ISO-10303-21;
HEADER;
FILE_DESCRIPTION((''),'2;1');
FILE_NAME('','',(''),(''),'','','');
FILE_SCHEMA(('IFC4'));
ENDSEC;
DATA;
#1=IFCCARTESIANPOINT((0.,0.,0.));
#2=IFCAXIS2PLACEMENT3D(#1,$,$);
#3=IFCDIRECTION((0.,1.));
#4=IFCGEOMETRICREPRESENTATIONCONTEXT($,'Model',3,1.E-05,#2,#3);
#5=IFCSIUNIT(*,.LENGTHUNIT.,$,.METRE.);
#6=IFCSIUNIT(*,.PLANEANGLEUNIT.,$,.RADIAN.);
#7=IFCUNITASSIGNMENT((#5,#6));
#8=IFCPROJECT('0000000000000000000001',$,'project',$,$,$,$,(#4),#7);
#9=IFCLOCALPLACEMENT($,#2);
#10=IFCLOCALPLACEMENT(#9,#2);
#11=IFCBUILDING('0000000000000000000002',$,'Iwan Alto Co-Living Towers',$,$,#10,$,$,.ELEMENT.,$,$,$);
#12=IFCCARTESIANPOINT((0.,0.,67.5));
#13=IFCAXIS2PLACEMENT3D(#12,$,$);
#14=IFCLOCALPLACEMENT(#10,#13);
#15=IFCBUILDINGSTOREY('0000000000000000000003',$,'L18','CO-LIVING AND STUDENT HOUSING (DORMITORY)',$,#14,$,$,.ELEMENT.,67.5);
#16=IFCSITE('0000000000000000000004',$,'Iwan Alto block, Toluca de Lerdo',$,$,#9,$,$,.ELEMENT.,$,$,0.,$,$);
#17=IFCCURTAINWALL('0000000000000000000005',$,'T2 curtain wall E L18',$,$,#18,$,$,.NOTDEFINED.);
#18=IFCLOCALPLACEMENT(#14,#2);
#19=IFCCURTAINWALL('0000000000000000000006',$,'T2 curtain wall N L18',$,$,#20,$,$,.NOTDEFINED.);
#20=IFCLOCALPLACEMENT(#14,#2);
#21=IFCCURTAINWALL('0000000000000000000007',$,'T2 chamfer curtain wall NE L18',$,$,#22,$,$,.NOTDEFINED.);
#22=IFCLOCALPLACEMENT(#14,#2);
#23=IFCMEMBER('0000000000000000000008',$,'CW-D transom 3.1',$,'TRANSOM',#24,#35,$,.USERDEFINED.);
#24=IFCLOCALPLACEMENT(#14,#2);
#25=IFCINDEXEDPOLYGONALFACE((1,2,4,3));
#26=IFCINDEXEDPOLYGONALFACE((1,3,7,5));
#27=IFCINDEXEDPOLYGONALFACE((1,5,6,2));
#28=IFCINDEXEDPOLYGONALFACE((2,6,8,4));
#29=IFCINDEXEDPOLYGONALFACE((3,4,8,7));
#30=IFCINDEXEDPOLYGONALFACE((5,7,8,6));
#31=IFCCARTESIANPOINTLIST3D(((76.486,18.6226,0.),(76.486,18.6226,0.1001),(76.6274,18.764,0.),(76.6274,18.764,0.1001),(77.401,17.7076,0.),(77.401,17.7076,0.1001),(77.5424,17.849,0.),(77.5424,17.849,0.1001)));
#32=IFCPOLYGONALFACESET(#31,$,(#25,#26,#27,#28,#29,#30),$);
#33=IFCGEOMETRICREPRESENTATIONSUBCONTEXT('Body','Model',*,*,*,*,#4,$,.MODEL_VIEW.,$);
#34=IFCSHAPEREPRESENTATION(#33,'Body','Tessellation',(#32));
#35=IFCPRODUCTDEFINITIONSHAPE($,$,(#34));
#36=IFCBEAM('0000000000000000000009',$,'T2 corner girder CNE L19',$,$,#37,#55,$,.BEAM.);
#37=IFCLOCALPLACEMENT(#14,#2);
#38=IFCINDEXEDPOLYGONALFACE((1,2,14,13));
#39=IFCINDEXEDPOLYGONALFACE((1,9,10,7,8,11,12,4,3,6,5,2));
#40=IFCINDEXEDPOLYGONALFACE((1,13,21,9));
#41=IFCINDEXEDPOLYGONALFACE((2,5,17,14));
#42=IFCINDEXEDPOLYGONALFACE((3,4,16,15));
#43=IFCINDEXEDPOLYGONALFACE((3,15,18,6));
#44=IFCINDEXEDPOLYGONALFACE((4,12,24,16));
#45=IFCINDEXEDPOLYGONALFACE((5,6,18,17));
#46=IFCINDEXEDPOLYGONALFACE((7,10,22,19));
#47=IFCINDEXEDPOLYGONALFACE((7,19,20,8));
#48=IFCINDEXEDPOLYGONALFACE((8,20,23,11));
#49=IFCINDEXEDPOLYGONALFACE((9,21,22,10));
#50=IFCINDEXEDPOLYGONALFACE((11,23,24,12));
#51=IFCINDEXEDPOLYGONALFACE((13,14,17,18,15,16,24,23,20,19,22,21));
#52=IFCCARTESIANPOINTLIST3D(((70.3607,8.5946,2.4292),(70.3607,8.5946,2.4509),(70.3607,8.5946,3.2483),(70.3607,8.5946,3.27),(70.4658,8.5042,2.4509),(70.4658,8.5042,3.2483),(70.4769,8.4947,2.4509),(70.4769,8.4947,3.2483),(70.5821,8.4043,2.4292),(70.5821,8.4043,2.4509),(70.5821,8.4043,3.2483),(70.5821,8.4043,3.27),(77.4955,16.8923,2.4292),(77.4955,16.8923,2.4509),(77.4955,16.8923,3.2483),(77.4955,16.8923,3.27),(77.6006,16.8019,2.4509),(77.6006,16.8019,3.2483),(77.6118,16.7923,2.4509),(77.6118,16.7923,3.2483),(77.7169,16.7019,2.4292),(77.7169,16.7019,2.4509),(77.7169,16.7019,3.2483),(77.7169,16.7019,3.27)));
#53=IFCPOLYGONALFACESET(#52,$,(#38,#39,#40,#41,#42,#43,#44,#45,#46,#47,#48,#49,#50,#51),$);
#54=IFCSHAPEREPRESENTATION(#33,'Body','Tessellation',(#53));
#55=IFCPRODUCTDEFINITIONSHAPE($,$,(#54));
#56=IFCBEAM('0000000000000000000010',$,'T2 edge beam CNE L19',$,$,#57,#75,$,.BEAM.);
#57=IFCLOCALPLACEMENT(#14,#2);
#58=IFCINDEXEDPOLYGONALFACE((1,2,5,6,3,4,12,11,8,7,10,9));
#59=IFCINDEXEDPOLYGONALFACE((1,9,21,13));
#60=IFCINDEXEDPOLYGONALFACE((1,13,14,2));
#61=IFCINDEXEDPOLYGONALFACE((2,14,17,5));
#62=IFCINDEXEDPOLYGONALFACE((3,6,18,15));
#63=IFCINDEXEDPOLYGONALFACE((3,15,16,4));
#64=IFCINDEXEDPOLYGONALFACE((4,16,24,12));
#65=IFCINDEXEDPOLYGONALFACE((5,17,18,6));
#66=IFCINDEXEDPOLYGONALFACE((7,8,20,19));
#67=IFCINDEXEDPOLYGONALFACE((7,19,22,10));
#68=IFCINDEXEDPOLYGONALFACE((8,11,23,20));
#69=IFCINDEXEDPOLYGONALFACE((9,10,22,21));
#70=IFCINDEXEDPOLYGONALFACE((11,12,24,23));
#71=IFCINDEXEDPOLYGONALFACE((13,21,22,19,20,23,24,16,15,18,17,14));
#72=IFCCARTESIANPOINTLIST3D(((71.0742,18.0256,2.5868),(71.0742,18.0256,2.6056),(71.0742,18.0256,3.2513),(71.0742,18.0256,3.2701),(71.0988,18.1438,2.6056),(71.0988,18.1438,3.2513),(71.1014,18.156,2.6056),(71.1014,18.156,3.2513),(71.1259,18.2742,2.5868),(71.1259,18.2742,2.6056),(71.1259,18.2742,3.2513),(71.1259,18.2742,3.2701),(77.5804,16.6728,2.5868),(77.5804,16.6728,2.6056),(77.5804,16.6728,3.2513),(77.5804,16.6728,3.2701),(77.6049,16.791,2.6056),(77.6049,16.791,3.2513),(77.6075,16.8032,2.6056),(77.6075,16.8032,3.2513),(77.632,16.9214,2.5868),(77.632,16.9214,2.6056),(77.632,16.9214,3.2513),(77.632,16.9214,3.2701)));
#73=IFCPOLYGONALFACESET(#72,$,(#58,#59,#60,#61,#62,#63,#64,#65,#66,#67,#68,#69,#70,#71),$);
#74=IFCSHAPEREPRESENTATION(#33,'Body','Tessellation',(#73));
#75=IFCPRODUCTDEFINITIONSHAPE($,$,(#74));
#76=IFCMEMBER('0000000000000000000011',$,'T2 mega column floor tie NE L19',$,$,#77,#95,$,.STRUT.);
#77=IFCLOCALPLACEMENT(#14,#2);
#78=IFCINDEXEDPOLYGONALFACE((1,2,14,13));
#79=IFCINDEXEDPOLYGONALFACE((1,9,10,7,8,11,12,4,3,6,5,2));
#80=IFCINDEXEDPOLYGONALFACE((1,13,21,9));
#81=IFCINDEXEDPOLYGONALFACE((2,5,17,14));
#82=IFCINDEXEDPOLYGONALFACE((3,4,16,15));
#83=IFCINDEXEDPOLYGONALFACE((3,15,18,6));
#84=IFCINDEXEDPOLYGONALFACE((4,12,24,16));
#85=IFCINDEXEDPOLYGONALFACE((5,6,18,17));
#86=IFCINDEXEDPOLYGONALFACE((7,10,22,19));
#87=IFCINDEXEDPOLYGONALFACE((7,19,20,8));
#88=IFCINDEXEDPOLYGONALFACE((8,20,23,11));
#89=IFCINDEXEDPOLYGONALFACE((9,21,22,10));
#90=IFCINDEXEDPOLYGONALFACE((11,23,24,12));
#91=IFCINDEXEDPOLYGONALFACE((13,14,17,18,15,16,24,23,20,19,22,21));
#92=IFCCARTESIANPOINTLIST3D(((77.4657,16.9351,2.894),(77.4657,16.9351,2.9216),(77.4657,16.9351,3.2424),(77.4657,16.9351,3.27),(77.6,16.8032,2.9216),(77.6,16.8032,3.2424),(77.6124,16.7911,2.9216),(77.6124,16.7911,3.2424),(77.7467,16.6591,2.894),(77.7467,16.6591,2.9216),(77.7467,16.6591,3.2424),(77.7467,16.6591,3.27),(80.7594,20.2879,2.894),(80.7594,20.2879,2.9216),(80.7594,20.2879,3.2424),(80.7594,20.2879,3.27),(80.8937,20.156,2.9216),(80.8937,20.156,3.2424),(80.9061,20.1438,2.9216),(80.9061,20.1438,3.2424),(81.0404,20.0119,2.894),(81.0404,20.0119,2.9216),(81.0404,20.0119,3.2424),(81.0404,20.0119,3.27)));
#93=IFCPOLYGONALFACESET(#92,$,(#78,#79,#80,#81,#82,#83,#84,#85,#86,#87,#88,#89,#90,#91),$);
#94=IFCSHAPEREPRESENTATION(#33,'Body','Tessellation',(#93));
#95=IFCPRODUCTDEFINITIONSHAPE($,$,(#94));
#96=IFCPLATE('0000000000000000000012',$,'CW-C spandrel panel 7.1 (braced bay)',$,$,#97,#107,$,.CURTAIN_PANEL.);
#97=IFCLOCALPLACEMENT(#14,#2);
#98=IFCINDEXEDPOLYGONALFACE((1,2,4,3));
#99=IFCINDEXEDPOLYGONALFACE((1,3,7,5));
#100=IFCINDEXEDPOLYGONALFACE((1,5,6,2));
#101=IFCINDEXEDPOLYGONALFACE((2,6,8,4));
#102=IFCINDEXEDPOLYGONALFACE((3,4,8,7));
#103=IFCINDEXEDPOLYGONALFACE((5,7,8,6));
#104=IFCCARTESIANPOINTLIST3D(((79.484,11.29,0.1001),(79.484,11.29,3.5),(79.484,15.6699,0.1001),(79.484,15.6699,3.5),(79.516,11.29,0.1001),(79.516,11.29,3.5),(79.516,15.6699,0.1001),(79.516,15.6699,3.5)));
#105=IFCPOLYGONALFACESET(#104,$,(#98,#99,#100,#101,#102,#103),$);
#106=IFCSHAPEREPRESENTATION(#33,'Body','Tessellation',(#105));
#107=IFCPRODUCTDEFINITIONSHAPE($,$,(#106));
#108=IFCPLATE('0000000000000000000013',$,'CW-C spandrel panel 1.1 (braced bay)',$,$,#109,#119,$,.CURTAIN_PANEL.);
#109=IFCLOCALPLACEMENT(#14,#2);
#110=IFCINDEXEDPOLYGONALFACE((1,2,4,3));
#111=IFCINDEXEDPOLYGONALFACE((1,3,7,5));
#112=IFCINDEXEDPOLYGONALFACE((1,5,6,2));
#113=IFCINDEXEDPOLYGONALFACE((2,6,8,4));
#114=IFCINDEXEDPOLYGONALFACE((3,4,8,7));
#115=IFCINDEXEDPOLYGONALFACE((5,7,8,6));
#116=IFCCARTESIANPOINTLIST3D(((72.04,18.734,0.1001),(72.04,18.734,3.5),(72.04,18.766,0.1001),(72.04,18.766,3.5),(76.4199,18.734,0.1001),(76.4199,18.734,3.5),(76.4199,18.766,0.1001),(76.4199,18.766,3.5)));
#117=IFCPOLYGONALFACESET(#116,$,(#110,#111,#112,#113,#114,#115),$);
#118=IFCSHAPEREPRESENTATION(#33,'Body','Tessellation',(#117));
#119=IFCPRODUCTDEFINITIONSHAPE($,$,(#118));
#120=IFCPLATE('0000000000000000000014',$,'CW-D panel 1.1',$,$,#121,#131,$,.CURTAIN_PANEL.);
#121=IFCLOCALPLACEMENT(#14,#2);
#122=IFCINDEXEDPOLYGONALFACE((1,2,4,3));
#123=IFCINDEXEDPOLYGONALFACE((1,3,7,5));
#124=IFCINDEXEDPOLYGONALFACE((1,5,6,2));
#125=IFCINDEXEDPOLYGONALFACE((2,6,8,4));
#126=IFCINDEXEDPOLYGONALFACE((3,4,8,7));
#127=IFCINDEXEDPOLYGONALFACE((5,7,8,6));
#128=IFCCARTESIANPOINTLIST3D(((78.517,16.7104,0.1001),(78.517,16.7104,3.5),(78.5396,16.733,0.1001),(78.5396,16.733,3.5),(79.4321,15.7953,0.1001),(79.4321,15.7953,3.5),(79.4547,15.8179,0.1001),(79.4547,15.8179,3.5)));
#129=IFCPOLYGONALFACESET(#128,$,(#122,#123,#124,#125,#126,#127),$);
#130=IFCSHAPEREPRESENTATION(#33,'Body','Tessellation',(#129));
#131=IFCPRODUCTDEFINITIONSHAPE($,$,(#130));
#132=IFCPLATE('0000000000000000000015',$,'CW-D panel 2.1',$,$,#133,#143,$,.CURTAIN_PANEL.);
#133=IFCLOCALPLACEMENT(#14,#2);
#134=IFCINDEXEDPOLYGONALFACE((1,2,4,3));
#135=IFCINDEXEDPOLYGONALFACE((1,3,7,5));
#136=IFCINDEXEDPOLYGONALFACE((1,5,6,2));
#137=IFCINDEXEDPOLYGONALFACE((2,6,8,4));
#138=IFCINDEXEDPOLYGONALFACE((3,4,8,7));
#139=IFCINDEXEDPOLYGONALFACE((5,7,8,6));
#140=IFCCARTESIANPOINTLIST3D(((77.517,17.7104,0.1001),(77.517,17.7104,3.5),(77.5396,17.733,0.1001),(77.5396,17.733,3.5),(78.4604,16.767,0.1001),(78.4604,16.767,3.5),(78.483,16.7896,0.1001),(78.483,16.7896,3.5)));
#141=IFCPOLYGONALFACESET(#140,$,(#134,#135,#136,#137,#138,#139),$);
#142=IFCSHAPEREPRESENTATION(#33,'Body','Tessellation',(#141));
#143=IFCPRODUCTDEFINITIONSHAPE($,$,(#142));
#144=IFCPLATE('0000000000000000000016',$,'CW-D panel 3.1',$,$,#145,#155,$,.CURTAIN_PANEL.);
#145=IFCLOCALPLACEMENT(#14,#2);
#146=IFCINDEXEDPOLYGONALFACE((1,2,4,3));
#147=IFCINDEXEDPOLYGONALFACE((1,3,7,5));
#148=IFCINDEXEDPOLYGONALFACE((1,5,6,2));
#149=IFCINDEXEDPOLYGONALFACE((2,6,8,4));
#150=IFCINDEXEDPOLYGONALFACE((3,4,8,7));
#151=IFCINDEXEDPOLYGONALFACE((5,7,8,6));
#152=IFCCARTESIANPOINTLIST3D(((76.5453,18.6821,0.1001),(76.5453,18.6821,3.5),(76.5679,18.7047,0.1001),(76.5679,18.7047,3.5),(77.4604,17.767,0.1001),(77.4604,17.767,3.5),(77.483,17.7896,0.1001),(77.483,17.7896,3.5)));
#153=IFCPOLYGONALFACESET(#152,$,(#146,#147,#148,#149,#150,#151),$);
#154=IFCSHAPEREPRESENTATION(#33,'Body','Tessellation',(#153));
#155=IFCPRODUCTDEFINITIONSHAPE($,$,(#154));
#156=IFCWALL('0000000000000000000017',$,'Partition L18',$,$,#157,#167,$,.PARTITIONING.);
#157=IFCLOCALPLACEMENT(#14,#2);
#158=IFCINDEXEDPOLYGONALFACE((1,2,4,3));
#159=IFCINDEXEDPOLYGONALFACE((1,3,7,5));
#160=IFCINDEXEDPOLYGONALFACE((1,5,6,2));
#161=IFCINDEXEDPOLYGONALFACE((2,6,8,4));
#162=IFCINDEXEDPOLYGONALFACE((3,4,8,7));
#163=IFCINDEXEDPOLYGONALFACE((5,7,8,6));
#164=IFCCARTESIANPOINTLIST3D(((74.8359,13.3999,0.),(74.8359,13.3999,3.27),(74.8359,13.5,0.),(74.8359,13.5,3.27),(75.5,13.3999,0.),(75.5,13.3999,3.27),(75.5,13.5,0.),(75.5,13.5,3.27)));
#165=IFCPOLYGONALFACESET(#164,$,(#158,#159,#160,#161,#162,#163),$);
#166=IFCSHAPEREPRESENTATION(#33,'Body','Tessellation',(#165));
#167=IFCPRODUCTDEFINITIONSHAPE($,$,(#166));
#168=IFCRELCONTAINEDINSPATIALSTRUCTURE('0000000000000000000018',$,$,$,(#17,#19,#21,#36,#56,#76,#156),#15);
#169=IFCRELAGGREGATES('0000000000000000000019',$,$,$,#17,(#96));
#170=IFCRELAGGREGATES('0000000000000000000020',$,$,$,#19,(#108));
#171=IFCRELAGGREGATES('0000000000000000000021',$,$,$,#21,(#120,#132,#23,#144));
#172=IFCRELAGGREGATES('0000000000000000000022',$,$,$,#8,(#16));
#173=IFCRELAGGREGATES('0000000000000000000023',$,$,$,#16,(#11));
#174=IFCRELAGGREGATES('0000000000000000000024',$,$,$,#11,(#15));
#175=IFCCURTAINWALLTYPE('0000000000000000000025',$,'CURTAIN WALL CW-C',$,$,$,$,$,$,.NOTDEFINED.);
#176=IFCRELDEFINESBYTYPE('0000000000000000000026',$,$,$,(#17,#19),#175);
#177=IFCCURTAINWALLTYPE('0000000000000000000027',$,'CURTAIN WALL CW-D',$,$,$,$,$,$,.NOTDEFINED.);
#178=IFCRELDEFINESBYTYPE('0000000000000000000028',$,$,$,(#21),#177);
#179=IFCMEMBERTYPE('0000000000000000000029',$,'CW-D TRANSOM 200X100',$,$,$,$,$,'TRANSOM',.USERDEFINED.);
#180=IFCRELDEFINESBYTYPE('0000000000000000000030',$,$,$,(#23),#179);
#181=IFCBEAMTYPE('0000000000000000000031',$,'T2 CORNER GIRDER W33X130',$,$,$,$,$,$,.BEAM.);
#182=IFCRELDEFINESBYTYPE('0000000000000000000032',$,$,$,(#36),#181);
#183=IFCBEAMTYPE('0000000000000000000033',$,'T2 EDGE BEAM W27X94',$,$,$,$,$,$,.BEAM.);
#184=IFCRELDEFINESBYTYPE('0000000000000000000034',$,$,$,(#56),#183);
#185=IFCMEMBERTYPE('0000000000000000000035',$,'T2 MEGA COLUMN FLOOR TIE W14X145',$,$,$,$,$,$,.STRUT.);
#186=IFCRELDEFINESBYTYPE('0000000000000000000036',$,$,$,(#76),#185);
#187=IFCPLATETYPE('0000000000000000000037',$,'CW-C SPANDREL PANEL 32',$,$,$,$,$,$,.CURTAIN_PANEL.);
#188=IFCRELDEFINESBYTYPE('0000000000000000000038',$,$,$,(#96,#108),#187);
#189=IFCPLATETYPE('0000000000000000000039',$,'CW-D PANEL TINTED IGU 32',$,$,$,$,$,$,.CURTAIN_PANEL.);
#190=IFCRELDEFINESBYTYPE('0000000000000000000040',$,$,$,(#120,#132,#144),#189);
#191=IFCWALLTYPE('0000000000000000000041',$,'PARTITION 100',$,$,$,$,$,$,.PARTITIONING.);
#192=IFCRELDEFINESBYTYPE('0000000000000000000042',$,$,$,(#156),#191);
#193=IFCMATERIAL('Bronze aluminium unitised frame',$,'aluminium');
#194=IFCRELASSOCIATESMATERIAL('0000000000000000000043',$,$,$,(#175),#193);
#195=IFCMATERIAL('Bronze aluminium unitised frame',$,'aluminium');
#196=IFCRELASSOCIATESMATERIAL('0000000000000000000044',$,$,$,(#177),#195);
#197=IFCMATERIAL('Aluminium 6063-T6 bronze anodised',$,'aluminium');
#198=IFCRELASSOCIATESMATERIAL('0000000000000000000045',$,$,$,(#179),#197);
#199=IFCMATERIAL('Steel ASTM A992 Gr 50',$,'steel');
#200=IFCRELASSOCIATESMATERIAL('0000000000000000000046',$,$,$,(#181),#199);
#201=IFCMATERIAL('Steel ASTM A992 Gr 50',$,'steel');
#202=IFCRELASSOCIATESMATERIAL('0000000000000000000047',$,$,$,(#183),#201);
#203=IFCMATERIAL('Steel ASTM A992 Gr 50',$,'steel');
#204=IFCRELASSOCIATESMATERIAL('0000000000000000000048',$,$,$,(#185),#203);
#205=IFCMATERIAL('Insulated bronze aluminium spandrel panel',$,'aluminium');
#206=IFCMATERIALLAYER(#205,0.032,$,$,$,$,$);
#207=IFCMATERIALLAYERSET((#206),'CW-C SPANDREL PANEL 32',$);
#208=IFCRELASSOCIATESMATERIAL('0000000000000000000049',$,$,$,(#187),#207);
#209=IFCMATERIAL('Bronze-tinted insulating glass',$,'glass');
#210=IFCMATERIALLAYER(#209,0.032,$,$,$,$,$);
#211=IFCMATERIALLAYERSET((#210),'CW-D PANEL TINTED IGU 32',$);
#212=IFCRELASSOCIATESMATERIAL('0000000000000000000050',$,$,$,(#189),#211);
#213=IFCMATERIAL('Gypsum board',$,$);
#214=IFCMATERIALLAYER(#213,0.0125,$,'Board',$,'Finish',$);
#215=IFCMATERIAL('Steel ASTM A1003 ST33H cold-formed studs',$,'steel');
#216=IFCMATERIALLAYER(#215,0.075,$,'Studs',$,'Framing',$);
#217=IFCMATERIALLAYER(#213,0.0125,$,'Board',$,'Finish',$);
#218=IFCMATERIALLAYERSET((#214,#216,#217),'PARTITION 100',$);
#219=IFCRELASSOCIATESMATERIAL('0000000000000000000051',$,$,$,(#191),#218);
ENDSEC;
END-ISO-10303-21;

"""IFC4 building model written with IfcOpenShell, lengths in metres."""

from ifc_helpers import new_model, si_unit, direction, frame, frame_2d, origin, origin_2d, place, context, subcontext, project, spatial, rectangle, i_section, extrude, material, layer, layer_set, material_profile, profile_set, type_object, element, aggregate, save


model = new_model("IFC4")

# Units and contexts
model_context = context("Model", 3, precision=1e-05, world=origin(), true_north=direction((0.0, 1.0)))
body_context = subcontext(model_context, "Body", "Model", "MODEL_VIEW")
ifc_project = project(units=[si_unit("LENGTHUNIT", "METRE"), si_unit("PLANEANGLEUNIT", "RADIAN")], contexts=[model_context])

# Site, building, storey
site_placement = place(None, origin())
site = spatial("IfcSite", under=ifc_project, at=site_placement, Name="Iwan Alto block, Toluca de Lerdo", CompositionType="ELEMENT", RefElevation=0.0)
building_placement = place(site_placement, origin())
building = spatial("IfcBuilding", under=site, at=building_placement, Name="Iwan Alto Co-Living Towers", CompositionType="ELEMENT")
storey_placement = place(building_placement, frame((0.0, 0.0, 67.5)))
storey = spatial("IfcBuildingStorey", under=building, at=storey_placement, Name="L18", Description="CO-LIVING AND STUDENT HOUSING (DORMITORY)", CompositionType="ELEMENT", Elevation=67.5)

# Curtain wall
ifc_material_1 = material(Name="Bronze aluminium unitised frame", Category="aluminium")
curtain_wall_type_1 = type_object("IfcCurtainWallType", Name="CURTAIN WALL CW-C", PredefinedType="NOTDEFINED", material=ifc_material_1)
curtain_wall_1_placement = place(storey_placement, origin())
curtain_wall_1 = element("IfcCurtainWall", 1, at=curtain_wall_1_placement, inside=storey, type_object=curtain_wall_type_1, Name="T2 curtain wall E L18", PredefinedType="NOTDEFINED")

# Curtain walls, member
curtain_wall_2_placement = place(storey_placement, origin())
curtain_wall_2 = element("IfcCurtainWall", 2, at=curtain_wall_2_placement, inside=storey, type_object=curtain_wall_type_1, Name="T2 curtain wall N L18", PredefinedType="NOTDEFINED")
ifc_material_2 = material(Name="Bronze aluminium unitised frame", Category="aluminium")
curtain_wall_type_2 = type_object("IfcCurtainWallType", Name="CURTAIN WALL CW-D", PredefinedType="NOTDEFINED", material=ifc_material_2)
curtain_wall_3_placement = place(storey_placement, origin())
curtain_wall_3 = element("IfcCurtainWall", 3, at=curtain_wall_3_placement, inside=storey, type_object=curtain_wall_type_2, Name="T2 chamfer curtain wall NE L18", PredefinedType="NOTDEFINED")
ifc_material_3 = material(Name="Aluminium 6063-T6 bronze anodised", Category="aluminium")
ifc_material_profile_1 = material_profile(ifc_material_3, rectangle(XDim=0.2, YDim=0.1001, at=origin_2d()), Name="AL 200X100")
ifc_profile_set_1 = profile_set([ifc_material_profile_1], Name="Aluminium 6063-T6 bronze anodised")
member_type_1 = type_object("IfcMemberType", Name="CW-D TRANSOM 200X100", ElementType="TRANSOM", PredefinedType="USERDEFINED", material=ifc_profile_set_1)
member_1_placement = place(storey_placement, frame((77.4717, 17.7783, 0.05), z_axis=(-0.707107, 0.707107, 0.0), x_axis=(-0.707107, -0.707107, 0.0)))
member_1 = element("IfcMember", 4, at=member_1_placement, type_object=member_type_1, Name="CW-D transom 3.1", ObjectType="TRANSOM", PredefinedType="USERDEFINED", context=body_context, shape_type="SweptSolid", body=[
    extrude(rectangle(XDim=0.2, YDim=0.1001, at=origin_2d()), origin(), (0.0, 0.0, 1.0), 1.2939),
])

# Beams
ifc_material_4 = material(Name="Steel ASTM A992 Gr 50", Category="steel")
ifc_material_profile_2 = material_profile(ifc_material_4, i_section(OverallWidth=0.292, OverallDepth=0.8408, WebThickness=0.0146, FlangeThickness=0.0217, at=origin_2d()), Name="W33X130")
ifc_profile_set_2 = profile_set([ifc_material_profile_2], Name="Steel ASTM A992 Gr 50")
beam_type_1 = type_object("IfcBeamType", Name="T2 CORNER GIRDER W33X130", PredefinedType="BEAM", material=ifc_profile_set_2)
beam_1_placement = place(storey_placement, frame((77.6062, 16.7971, 2.8496), z_axis=(-0.651977, -0.758238, 0.0), x_axis=(0.758238, -0.651977, 0.0)))
element("IfcBeam", 5, at=beam_1_placement, inside=storey, type_object=beam_type_1, Name="T2 corner girder CNE L19", PredefinedType="BEAM", context=body_context, shape_type="SweptSolid", body=[
    extrude(i_section(OverallWidth=0.292, OverallDepth=0.8408, WebThickness=0.0146, FlangeThickness=0.0217, at=origin_2d()), origin(), (0.0, 0.0, 1.0), 10.9434),
])
ifc_material_5 = material(Name="Steel ASTM A992 Gr 50", Category="steel")
ifc_material_profile_3 = material_profile(ifc_material_5, i_section(OverallWidth=0.2539, OverallDepth=0.6833, WebThickness=0.0125, FlangeThickness=0.0188, at=origin_2d()), Name="W27X94")
ifc_profile_set_3 = profile_set([ifc_material_profile_3], Name="Steel ASTM A992 Gr 50")
beam_type_2 = type_object("IfcBeamType", Name="T2 EDGE BEAM W27X94", PredefinedType="BEAM", material=ifc_profile_set_3)
beam_2_placement = place(storey_placement, frame((77.6062, 16.7971, 2.9285), z_axis=(-0.97906, 0.203571, 0.0), x_axis=(-0.203571, -0.97906, 0.0)))
element("IfcBeam", 6, at=beam_2_placement, inside=storey, type_object=beam_type_2, Name="T2 edge beam CNE L19", PredefinedType="BEAM", context=body_context, shape_type="SweptSolid", body=[
    extrude(i_section(OverallWidth=0.2539, OverallDepth=0.6833, WebThickness=0.0125, FlangeThickness=0.0188, at=origin_2d()), origin(), (0.0, 0.0, 1.0), 6.6453),
])

# Member
ifc_material_6 = material(Name="Steel ASTM A992 Gr 50", Category="steel")
ifc_material_profile_4 = material_profile(ifc_material_6, i_section(OverallWidth=0.3938, OverallDepth=0.376, WebThickness=0.0173, FlangeThickness=0.0276, at=origin_2d()), Name="W14X145")
ifc_profile_set_4 = profile_set([ifc_material_profile_4], Name="Steel ASTM A992 Gr 50")
member_type_2 = type_object("IfcMemberType", Name="T2 MEGA COLUMN FLOOR TIE W14X145", PredefinedType="STRUT", material=ifc_profile_set_4)
member_2_placement = place(storey_placement, frame((80.8999, 20.1499, 3.082), z_axis=(-0.700793, -0.713364, 0.0), x_axis=(0.713364, -0.700793, 0.0)))
element("IfcMember", 7, at=member_2_placement, inside=storey, type_object=member_type_2, Name="T2 mega column floor tie NE L19", PredefinedType="STRUT", context=body_context, shape_type="SweptSolid", body=[
    extrude(i_section(OverallWidth=0.3938, OverallDepth=0.376, WebThickness=0.0173, FlangeThickness=0.0276, at=origin_2d()), origin(), (0.0, 0.0, 1.0), 4.7),
])

# Plates
ifc_material_7 = material(Name="Insulated bronze aluminium spandrel panel", Category="aluminium")
ifc_layer_1 = layer(ifc_material_7, 0.032)
ifc_layer_set_1 = layer_set([ifc_layer_1], Name="CW-C SPANDREL PANEL 32")
plate_type_1 = type_object("IfcPlateType", Name="CW-C SPANDREL PANEL 32", PredefinedType="CURTAIN_PANEL", material=ifc_layer_set_1)
plate_1_placement = place(storey_placement, frame((79.5, 13.48, 0.1001), z_axis=(0.0, 0.0, 1.0), x_axis=(0.0, 1.0, 0.0)))
plate_1 = element("IfcPlate", 8, at=plate_1_placement, type_object=plate_type_1, Name="CW-C spandrel panel 7.1 (braced bay)", PredefinedType="CURTAIN_PANEL", context=body_context, shape_type="SweptSolid", body=[
    extrude(rectangle(XDim=4.3799, YDim=0.032, at=origin_2d()), origin(), (0.0, 0.0, 1.0), 3.3999),
])
aggregate(curtain_wall_1, [plate_1])
plate_2_placement = place(storey_placement, frame((74.23, 18.75, 0.1001), z_axis=(0.0, 0.0, 1.0), x_axis=(-1.0, 0.0, 0.0)))
plate_2 = element("IfcPlate", 9, at=plate_2_placement, type_object=plate_type_1, Name="CW-C spandrel panel 1.1 (braced bay)", PredefinedType="CURTAIN_PANEL", context=body_context, shape_type="SweptSolid", body=[
    extrude(rectangle(XDim=4.3799, YDim=0.032, at=origin_2d()), origin(), (0.0, 0.0, 1.0), 3.3999),
])
aggregate(curtain_wall_2, [plate_2])
ifc_material_8 = material(Name="Bronze-tinted insulating glass", Category="glass")
ifc_layer_2 = layer(ifc_material_8, 0.032)
ifc_layer_set_2 = layer_set([ifc_layer_2], Name="CW-D PANEL TINTED IGU 32")
plate_type_2 = type_object("IfcPlateType", Name="CW-D PANEL TINTED IGU 32", PredefinedType="CURTAIN_PANEL", material=ifc_layer_set_2)
plate_3_placement = place(storey_placement, frame((78.9858, 16.2642, 0.1001), z_axis=(0.0, 0.0, 1.0), x_axis=(-0.707107, 0.707107, 0.0)))
plate_3 = element("IfcPlate", 10, at=plate_3_placement, type_object=plate_type_2, Name="CW-D panel 1.1", PredefinedType="CURTAIN_PANEL", context=body_context, shape_type="SweptSolid", body=[
    extrude(rectangle(XDim=1.2942, YDim=0.032, at=origin_2d()), origin(), (0.0, 0.0, 1.0), 3.3999),
])
plate_4_placement = place(storey_placement, frame((78.0, 17.25, 0.1001), z_axis=(0.0, 0.0, 1.0), x_axis=(-0.707107, 0.707107, 0.0)))
plate_4 = element("IfcPlate", 11, at=plate_4_placement, type_object=plate_type_2, Name="CW-D panel 2.1", PredefinedType="CURTAIN_PANEL", context=body_context, shape_type="SweptSolid", body=[
    extrude(rectangle(XDim=1.3342, YDim=0.032, at=origin_2d()), origin(), (0.0, 0.0, 1.0), 3.3999),
])
plate_5_placement = place(storey_placement, frame((77.0142, 18.2358, 0.1001), z_axis=(0.0, 0.0, 1.0), x_axis=(-0.707107, 0.707107, 0.0)))
plate_5 = element("IfcPlate", 12, at=plate_5_placement, type_object=plate_type_2, Name="CW-D panel 3.1", PredefinedType="CURTAIN_PANEL", context=body_context, shape_type="SweptSolid", body=[
    extrude(rectangle(XDim=1.2942, YDim=0.032, at=origin_2d()), origin(), (0.0, 0.0, 1.0), 3.3999),
])
aggregate(curtain_wall_3, [plate_3, plate_4, member_1, plate_5])

# Wall
ifc_material_9 = material(Name="Gypsum board")
ifc_layer_3 = layer(ifc_material_9, 0.0125, Name="Board", Category="Finish")
ifc_material_10 = material(Name="Steel ASTM A1003 ST33H cold-formed studs", Category="steel")
ifc_layer_4 = layer(ifc_material_10, 0.075, Name="Studs", Category="Framing")
ifc_layer_5 = layer(ifc_material_9, 0.0125, Name="Board", Category="Finish")
ifc_layer_set_3 = layer_set([ifc_layer_3, ifc_layer_4, ifc_layer_5], Name="PARTITION 100")
wall_type = type_object("IfcWallType", Name="PARTITION 100", PredefinedType="PARTITIONING", material=ifc_layer_set_3)
wall_placement = place(storey_placement, frame((74.8359, 13.45, 0.0), z_axis=(0.0, 0.0, 1.0), x_axis=(1.0, 0.0, 0.0)))
element("IfcWall", 13, at=wall_placement, inside=storey, type_object=wall_type, Name="Partition L18", PredefinedType="PARTITIONING", context=body_context, shape_type="SweptSolid", body=[
    extrude(rectangle(XDim=0.6641, YDim=0.1001, at=frame_2d((0.332, 0.0))), origin(), (0.0, 0.0, 1.0), 3.27),
])

save(model, "model.ifc")
